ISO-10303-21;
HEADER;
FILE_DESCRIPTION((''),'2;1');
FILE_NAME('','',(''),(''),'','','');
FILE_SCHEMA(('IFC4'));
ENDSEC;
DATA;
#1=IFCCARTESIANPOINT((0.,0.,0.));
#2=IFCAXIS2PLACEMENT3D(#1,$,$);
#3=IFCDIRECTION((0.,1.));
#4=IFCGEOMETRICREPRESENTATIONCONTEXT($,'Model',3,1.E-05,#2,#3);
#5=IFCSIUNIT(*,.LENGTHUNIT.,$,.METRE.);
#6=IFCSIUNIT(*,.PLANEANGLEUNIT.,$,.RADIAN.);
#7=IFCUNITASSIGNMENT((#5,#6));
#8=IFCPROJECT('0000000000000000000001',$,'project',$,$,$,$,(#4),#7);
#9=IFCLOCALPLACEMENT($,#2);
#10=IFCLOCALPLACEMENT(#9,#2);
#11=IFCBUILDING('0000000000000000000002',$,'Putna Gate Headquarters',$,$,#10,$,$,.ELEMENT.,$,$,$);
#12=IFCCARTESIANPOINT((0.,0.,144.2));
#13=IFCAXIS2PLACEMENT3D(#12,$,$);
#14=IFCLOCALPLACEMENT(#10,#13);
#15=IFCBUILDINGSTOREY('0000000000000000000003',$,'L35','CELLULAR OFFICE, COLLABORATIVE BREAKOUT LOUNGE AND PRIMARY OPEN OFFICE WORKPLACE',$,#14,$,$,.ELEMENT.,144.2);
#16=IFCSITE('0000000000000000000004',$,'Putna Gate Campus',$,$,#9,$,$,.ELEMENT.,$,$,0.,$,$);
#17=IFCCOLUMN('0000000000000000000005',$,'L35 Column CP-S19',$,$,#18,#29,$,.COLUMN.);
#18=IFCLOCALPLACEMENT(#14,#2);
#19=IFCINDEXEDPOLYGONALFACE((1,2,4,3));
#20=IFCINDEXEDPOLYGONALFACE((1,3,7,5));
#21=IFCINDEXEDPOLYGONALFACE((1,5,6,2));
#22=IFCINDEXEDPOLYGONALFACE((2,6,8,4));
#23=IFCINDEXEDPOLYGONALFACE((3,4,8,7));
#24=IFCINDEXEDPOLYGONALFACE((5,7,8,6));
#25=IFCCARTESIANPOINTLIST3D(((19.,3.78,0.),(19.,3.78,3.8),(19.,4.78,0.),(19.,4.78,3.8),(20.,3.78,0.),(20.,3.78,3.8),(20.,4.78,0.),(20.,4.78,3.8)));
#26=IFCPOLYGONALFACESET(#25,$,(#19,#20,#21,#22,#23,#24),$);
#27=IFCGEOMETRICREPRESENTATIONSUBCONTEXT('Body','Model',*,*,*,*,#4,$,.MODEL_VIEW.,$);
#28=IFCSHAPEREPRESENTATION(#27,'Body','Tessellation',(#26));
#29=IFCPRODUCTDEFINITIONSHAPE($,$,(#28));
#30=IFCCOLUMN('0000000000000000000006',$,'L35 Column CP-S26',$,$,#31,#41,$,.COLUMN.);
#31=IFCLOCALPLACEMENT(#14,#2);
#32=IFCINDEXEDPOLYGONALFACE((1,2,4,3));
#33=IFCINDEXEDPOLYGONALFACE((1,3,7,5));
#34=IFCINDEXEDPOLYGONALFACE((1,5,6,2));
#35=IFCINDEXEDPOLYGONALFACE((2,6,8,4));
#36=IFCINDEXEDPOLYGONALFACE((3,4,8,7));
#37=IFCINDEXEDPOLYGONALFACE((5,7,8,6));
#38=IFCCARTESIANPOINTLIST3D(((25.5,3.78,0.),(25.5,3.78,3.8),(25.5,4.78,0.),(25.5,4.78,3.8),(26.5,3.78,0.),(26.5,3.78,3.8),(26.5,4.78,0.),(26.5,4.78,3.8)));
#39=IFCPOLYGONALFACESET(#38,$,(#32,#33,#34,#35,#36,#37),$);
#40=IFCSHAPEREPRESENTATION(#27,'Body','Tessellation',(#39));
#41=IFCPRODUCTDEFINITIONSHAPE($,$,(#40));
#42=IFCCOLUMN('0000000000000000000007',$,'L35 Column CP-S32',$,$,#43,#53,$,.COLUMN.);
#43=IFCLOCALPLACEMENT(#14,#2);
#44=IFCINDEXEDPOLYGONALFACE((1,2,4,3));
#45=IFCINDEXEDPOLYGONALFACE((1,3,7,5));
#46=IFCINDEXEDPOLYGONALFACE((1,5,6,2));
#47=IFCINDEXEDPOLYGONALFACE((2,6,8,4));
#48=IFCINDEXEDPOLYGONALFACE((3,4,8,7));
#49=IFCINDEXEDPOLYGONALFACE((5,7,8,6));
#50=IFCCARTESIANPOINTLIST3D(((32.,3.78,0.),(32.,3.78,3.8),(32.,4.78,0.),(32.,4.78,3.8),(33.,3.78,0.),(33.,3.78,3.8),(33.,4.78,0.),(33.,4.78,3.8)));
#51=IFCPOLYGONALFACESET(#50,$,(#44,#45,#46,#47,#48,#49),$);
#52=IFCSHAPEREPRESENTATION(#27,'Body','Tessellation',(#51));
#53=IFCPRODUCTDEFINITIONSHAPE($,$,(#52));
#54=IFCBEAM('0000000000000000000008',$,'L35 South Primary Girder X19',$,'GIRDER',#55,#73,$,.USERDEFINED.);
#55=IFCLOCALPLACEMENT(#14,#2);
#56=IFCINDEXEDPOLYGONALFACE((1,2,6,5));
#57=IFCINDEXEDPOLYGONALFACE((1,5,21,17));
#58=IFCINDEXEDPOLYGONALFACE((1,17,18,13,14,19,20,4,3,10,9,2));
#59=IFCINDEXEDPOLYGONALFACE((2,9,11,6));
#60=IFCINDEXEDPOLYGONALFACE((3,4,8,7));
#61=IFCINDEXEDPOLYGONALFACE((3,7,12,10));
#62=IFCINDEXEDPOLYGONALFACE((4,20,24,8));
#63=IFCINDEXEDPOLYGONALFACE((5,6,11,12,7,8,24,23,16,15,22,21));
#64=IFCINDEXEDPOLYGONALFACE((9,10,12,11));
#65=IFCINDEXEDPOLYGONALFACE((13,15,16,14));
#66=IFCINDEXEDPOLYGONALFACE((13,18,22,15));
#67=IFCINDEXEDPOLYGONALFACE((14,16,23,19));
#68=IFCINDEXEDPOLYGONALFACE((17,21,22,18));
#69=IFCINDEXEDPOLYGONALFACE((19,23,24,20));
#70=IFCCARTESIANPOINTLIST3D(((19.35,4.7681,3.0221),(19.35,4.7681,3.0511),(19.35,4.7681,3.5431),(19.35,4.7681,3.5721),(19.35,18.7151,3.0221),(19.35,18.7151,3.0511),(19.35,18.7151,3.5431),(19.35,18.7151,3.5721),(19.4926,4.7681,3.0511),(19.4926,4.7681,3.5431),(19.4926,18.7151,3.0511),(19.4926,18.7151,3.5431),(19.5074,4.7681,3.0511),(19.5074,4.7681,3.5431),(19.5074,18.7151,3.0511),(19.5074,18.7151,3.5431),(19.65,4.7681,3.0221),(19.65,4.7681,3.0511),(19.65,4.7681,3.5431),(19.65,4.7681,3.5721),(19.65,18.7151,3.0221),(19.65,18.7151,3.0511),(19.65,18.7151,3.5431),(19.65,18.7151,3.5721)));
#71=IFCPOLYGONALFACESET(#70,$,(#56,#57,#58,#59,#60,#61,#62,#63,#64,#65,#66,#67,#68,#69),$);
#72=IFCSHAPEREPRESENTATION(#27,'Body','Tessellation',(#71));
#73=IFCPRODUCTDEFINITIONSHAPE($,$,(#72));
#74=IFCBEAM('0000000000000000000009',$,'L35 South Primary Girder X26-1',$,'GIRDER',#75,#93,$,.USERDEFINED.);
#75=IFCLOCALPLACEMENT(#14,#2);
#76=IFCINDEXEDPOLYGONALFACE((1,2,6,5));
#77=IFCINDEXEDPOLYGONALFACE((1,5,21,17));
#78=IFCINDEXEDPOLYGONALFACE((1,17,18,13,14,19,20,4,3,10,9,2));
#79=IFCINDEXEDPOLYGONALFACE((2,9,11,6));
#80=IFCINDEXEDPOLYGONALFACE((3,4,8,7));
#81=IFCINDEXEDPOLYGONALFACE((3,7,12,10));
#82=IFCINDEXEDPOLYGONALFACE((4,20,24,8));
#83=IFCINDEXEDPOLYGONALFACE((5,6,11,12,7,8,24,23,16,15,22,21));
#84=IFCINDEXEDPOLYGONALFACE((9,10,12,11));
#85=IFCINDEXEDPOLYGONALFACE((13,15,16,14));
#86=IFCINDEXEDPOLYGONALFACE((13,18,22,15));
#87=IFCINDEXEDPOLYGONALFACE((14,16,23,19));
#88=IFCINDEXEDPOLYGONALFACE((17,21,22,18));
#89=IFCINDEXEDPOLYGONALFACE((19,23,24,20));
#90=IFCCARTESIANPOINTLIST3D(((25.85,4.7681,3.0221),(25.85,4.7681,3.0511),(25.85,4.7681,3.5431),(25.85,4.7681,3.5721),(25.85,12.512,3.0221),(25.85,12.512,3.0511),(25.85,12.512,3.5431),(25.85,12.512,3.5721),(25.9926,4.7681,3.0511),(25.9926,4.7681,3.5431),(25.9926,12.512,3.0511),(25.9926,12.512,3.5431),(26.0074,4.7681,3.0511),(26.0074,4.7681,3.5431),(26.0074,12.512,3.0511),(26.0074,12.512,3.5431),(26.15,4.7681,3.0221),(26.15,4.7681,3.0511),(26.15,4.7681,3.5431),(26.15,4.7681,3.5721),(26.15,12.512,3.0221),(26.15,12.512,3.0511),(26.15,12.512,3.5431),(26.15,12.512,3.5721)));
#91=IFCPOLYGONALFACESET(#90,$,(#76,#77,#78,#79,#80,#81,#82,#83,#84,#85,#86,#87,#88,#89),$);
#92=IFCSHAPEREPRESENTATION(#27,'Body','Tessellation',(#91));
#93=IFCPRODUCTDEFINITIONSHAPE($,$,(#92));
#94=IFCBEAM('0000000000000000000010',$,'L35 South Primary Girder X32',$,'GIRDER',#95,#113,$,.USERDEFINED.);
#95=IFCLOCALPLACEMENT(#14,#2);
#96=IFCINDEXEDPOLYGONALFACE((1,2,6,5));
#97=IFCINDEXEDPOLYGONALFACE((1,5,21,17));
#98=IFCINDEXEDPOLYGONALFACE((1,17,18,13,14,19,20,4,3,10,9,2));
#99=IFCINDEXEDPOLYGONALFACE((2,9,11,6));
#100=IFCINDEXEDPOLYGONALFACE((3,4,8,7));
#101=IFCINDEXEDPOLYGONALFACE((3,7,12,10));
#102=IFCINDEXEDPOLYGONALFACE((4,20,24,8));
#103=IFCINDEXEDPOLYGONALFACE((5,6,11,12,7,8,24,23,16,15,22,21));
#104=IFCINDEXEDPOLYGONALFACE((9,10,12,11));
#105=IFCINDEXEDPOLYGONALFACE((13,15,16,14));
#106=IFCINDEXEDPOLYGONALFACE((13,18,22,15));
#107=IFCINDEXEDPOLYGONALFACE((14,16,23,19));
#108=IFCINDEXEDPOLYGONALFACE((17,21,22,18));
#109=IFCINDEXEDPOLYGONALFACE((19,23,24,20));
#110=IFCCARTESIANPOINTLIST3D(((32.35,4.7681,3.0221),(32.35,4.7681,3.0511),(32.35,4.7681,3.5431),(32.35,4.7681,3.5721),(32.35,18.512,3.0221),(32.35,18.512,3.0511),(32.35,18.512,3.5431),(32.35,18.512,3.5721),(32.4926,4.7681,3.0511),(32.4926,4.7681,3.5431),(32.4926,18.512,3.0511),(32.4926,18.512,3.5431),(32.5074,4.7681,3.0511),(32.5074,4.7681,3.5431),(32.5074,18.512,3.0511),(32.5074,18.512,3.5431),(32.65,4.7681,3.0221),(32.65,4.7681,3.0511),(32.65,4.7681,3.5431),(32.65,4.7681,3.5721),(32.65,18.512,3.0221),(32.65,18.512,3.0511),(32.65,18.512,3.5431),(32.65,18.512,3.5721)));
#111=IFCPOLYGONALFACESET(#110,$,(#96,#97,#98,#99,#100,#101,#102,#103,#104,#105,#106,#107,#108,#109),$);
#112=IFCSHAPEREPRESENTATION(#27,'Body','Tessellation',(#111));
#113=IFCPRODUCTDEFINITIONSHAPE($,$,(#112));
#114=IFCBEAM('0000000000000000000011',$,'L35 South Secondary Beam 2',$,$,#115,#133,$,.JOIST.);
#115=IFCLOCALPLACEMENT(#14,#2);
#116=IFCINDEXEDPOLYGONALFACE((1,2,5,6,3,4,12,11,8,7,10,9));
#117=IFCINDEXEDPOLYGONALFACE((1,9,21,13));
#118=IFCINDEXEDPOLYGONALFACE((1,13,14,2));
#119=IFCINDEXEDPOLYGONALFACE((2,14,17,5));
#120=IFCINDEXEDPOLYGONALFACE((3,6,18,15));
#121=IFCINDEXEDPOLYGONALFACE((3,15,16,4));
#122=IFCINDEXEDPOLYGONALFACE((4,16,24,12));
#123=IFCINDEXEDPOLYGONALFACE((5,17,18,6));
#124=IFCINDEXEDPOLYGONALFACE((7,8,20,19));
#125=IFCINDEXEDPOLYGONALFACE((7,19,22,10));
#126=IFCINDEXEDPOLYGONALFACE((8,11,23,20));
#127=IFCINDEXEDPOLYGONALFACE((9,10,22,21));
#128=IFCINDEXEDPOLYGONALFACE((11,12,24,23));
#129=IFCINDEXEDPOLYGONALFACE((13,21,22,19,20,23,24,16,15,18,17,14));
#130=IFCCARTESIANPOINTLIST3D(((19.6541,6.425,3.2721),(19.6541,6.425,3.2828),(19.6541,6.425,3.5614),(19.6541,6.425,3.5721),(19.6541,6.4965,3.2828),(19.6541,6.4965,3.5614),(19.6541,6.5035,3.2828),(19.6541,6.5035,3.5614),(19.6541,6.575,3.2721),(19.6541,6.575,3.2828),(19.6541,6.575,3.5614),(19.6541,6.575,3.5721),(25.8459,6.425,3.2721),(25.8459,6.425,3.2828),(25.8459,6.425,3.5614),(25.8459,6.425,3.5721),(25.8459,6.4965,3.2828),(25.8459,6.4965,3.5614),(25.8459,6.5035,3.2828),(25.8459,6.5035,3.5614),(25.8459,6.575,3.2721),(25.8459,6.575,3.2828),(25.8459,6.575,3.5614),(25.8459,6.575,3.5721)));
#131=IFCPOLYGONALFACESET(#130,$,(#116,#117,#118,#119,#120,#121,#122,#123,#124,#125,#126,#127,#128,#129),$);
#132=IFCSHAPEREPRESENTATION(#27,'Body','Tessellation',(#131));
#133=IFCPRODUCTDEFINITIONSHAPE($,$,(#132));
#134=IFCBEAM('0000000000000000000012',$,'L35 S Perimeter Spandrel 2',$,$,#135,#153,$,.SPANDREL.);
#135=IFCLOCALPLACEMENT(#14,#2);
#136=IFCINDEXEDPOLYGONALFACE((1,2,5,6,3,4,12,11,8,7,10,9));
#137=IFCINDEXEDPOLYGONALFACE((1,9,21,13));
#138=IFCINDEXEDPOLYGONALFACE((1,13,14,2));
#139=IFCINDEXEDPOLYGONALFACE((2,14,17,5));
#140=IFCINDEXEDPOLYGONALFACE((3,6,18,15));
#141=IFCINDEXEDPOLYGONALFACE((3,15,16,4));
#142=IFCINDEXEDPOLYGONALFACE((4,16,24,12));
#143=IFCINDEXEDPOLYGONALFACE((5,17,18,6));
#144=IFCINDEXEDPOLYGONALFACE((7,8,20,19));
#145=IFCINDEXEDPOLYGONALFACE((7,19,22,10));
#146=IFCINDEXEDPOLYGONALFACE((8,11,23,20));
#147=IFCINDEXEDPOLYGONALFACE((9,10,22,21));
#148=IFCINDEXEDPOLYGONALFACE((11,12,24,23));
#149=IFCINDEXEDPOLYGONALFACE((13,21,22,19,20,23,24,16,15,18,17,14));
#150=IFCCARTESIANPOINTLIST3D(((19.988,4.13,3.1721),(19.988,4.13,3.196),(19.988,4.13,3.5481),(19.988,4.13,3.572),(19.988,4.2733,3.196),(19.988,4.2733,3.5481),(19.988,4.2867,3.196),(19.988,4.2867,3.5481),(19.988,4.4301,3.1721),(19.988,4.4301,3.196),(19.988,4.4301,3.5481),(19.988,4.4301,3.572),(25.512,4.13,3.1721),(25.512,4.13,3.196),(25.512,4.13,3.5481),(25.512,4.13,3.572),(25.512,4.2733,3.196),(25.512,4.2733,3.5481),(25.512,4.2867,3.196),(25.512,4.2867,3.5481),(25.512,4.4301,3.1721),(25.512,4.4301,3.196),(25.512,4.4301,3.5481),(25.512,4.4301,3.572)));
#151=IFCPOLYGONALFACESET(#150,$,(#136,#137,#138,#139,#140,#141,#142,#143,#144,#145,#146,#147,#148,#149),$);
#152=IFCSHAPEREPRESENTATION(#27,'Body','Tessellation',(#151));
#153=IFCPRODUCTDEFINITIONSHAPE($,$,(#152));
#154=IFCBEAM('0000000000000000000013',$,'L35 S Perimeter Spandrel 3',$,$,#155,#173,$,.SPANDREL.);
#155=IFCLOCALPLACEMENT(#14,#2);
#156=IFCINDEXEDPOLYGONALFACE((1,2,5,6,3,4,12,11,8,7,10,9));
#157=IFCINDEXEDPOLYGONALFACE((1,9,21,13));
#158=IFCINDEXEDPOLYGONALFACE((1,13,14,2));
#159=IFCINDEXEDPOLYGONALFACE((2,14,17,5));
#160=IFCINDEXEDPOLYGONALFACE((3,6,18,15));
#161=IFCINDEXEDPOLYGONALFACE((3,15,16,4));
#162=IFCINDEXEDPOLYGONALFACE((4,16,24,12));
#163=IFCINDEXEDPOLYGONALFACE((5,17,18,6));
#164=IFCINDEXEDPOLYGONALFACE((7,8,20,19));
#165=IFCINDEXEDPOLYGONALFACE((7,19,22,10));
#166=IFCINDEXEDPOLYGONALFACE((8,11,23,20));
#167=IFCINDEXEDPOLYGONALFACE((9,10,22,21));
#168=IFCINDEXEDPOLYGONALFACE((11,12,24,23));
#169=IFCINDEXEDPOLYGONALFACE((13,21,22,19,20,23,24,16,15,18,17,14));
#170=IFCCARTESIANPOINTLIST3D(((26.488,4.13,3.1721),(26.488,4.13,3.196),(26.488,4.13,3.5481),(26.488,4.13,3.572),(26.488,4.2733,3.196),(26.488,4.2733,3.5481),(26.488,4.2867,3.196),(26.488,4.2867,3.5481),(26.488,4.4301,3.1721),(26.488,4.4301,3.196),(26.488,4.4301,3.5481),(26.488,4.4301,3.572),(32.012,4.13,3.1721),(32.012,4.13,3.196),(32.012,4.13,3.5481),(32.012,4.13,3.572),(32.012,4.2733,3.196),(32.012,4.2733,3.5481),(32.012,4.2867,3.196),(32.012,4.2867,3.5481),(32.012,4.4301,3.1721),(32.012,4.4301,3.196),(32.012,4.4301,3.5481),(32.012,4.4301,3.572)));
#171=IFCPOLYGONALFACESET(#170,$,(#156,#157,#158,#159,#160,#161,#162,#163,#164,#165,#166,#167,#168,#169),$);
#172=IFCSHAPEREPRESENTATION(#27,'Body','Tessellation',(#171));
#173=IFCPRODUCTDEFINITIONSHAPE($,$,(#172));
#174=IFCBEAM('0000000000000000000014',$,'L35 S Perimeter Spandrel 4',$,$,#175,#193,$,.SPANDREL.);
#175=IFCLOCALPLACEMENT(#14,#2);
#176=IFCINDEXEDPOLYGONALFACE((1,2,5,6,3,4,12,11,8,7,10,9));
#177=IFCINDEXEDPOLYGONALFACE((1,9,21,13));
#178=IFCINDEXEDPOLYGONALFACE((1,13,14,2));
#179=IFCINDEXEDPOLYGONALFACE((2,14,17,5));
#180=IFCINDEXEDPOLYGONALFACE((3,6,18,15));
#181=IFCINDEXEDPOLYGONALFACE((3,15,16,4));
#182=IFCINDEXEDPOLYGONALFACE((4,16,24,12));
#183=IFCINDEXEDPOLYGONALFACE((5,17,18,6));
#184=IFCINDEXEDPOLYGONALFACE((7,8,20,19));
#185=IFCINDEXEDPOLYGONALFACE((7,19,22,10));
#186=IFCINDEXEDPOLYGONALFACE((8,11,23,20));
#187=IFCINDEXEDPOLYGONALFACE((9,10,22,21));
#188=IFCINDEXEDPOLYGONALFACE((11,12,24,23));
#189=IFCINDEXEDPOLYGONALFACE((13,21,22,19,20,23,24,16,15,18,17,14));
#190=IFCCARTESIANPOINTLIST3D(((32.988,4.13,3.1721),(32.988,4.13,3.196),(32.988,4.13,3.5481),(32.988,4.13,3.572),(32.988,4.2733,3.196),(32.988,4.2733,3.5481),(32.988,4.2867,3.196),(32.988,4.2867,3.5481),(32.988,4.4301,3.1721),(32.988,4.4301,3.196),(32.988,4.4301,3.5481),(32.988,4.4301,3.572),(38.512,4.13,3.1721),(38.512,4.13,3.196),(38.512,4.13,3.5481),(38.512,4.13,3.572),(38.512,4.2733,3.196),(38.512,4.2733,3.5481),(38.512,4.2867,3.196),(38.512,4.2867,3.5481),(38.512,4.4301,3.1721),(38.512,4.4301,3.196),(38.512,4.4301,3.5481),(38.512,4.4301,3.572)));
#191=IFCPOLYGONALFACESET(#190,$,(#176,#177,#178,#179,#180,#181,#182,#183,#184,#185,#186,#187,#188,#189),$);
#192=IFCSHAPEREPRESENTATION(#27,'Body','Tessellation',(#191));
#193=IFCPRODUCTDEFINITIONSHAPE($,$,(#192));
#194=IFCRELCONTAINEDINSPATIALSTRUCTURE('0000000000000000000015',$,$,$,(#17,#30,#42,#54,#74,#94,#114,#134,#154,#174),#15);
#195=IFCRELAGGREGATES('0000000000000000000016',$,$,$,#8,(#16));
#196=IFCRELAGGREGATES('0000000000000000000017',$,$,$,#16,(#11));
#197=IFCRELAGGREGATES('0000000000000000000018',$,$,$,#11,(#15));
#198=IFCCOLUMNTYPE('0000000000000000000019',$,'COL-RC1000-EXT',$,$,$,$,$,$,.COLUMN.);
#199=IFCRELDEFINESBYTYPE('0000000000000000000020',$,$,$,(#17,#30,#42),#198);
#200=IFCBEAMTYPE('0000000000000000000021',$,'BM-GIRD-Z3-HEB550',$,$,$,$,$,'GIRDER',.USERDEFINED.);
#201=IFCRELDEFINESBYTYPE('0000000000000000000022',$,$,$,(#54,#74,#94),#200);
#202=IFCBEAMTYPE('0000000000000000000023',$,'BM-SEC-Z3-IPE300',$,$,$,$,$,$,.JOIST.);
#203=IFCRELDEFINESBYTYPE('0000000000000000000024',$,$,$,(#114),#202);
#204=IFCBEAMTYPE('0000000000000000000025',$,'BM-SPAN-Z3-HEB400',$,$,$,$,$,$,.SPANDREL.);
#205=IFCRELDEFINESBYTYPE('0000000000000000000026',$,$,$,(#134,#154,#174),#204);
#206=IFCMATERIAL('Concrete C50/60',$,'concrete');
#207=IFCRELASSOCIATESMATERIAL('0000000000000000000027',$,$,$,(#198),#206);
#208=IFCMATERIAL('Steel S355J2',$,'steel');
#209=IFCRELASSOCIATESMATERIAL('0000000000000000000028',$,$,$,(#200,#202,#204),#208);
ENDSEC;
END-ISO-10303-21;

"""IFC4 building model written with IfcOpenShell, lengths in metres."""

from ifc_helpers import new_model, si_unit, direction, frame, origin, origin_2d, place, context, subcontext, project, spatial, rectangle, i_section, extrude, material, material_profile, profile_set, type_object, element, save


model = new_model("IFC4")

# Units and contexts
model_context = context("Model", 3, precision=1e-05, world=origin(), true_north=direction((0.0, 1.0)))
body_context = subcontext(model_context, "Body", "Model", "MODEL_VIEW")
ifc_project = project(units=[si_unit("LENGTHUNIT", "METRE"), si_unit("PLANEANGLEUNIT", "RADIAN")], contexts=[model_context])

# Site, building, storey
site_placement = place(None, origin())
site = spatial("IfcSite", under=ifc_project, at=site_placement, Name="Putna Gate Campus", CompositionType="ELEMENT", RefElevation=0.0)
building_placement = place(site_placement, origin())
building = spatial("IfcBuilding", under=site, at=building_placement, Name="Putna Gate Headquarters", CompositionType="ELEMENT")
storey_placement = place(building_placement, frame((0.0, 0.0, 144.2)))
storey = spatial("IfcBuildingStorey", under=building, at=storey_placement, Name="L35", Description="CELLULAR OFFICE, COLLABORATIVE BREAKOUT LOUNGE AND PRIMARY OPEN OFFICE WORKPLACE", CompositionType="ELEMENT", Elevation=144.2)

# Columns
ifc_material_1 = material(Name="Concrete C50/60", Category="concrete")
ifc_material_profile_1 = material_profile(ifc_material_1, rectangle(XDim=1.0, YDim=1.0, at=origin_2d()), Name="Concrete C50/60")
ifc_profile_set_1 = profile_set([ifc_material_profile_1], Name="Concrete C50/60")
column_type = type_object("IfcColumnType", Name="COL-RC1000-EXT", PredefinedType="COLUMN", material=ifc_profile_set_1)
for number, where, z_axis, x_axis, name in (
    (1, (19.5, 4.28, 0.0), (0.0, 0.0, 1.0), (1.0, 0.0, 0.0), "L35 Column CP-S19"),
    (2, (26.0, 4.28, 0.0), (0.0, 0.0, 1.0), (1.0, 0.0, 0.0), "L35 Column CP-S26"),
    (3, (32.5, 4.28, 0.0), (0.0, 0.0, 1.0), (1.0, 0.0, 0.0), "L35 Column CP-S32"),
):
    element("IfcColumn", number, at=place(storey_placement, frame(where, z_axis=z_axis, x_axis=x_axis)), inside=storey, type_object=column_type, Name=name, PredefinedType="COLUMN", context=body_context, shape_type="SweptSolid", body=[
        extrude(rectangle(XDim=1.0, YDim=1.0, at=origin_2d()), origin(), (0.0, 0.0, 1.0), 3.8),
    ])

# Beams
ifc_material_2 = material(Name="Steel S355J2", Category="steel")
ifc_material_profile_2 = material_profile(ifc_material_2, i_section(OverallWidth=0.3, OverallDepth=0.55, WebThickness=0.0149, FlangeThickness=0.0291, at=origin_2d()), Name="Steel S355J2")
ifc_profile_set_2 = profile_set([ifc_material_profile_2], Name="Steel S355J2")
beam_type_1 = type_object("IfcBeamType", Name="BM-GIRD-Z3-HEB550", ElementType="GIRDER", PredefinedType="USERDEFINED", material=ifc_profile_set_2)
beam_1_placement = place(storey_placement, frame((19.5, 4.7681, 3.2971), z_axis=(0.0, 1.0, 0.0), x_axis=(-1.0, 0.0, 0.0)))
element("IfcBeam", 4, at=beam_1_placement, inside=storey, type_object=beam_type_1, Name="L35 South Primary Girder X19", ObjectType="GIRDER", PredefinedType="USERDEFINED", context=body_context, shape_type="SweptSolid", body=[
    extrude(i_section(OverallWidth=0.3, OverallDepth=0.55, WebThickness=0.0149, FlangeThickness=0.0291, at=origin_2d()), origin(), (0.0, 0.0, 1.0), 13.947),
])
beam_2_placement = place(storey_placement, frame((26.0, 4.7681, 3.2971), z_axis=(0.0, 1.0, 0.0), x_axis=(-1.0, 0.0, 0.0)))
element("IfcBeam", 5, at=beam_2_placement, inside=storey, type_object=beam_type_1, Name="L35 South Primary Girder X26-1", ObjectType="GIRDER", PredefinedType="USERDEFINED", context=body_context, shape_type="SweptSolid", body=[
    extrude(i_section(OverallWidth=0.3, OverallDepth=0.55, WebThickness=0.0149, FlangeThickness=0.0291, at=origin_2d()), origin(), (0.0, 0.0, 1.0), 7.7439),
])
beam_3_placement = place(storey_placement, frame((32.5, 4.7681, 3.2971), z_axis=(0.0, 1.0, 0.0), x_axis=(-1.0, 0.0, 0.0)))
element("IfcBeam", 6, at=beam_3_placement, inside=storey, type_object=beam_type_1, Name="L35 South Primary Girder X32", ObjectType="GIRDER", PredefinedType="USERDEFINED", context=body_context, shape_type="SweptSolid", body=[
    extrude(i_section(OverallWidth=0.3, OverallDepth=0.55, WebThickness=0.0149, FlangeThickness=0.0291, at=origin_2d()), origin(), (0.0, 0.0, 1.0), 13.7439),
])
ifc_material_profile_3 = material_profile(ifc_material_2, i_section(OverallWidth=0.1499, OverallDepth=0.3, WebThickness=0.0071, FlangeThickness=0.0107, at=origin_2d()), Name="Steel S355J2")
ifc_profile_set_3 = profile_set([ifc_material_profile_3], Name="Steel S355J2")
beam_type_2 = type_object("IfcBeamType", Name="BM-SEC-Z3-IPE300", PredefinedType="JOIST", material=ifc_profile_set_3)
beam_4_placement = place(storey_placement, frame((19.6541, 6.5, 3.4221), z_axis=(1.0, 0.0, 0.0), x_axis=(0.0, 1.0, 0.0)))
element("IfcBeam", 7, at=beam_4_placement, inside=storey, type_object=beam_type_2, Name="L35 South Secondary Beam 2", PredefinedType="JOIST", context=body_context, shape_type="SweptSolid", body=[
    extrude(i_section(OverallWidth=0.1499, OverallDepth=0.3, WebThickness=0.0071, FlangeThickness=0.0107, at=origin_2d()), origin(), (0.0, 0.0, 1.0), 6.1919),
])
ifc_material_profile_4 = material_profile(ifc_material_2, i_section(OverallWidth=0.3, OverallDepth=0.3999, WebThickness=0.0134, FlangeThickness=0.0239, at=origin_2d()), Name="Steel S355J2")
ifc_profile_set_4 = profile_set([ifc_material_profile_4], Name="Steel S355J2")
beam_type_3 = type_object("IfcBeamType", Name="BM-SPAN-Z3-HEB400", PredefinedType="SPANDREL", material=ifc_profile_set_4)
for number, where, z_axis, x_axis, name in (
    (8, (19.988, 4.28, 3.3721), (1.0, 0.0, 0.0), (0.0, 1.0, 0.0), "L35 S Perimeter Spandrel 2"),
    (9, (26.488, 4.28, 3.3721), (1.0, 0.0, 0.0), (0.0, 1.0, 0.0), "L35 S Perimeter Spandrel 3"),
    (10, (32.988, 4.28, 3.3721), (1.0, 0.0, 0.0), (0.0, 1.0, 0.0), "L35 S Perimeter Spandrel 4"),
):
    element("IfcBeam", number, at=place(storey_placement, frame(where, z_axis=z_axis, x_axis=x_axis)), inside=storey, type_object=beam_type_3, Name=name, PredefinedType="SPANDREL", context=body_context, shape_type="SweptSolid", body=[
        extrude(i_section(OverallWidth=0.3, OverallDepth=0.3999, WebThickness=0.0134, FlangeThickness=0.0239, at=origin_2d()), origin(), (0.0, 0.0, 1.0), 5.5239),
    ])

save(model, "model.ifc")
